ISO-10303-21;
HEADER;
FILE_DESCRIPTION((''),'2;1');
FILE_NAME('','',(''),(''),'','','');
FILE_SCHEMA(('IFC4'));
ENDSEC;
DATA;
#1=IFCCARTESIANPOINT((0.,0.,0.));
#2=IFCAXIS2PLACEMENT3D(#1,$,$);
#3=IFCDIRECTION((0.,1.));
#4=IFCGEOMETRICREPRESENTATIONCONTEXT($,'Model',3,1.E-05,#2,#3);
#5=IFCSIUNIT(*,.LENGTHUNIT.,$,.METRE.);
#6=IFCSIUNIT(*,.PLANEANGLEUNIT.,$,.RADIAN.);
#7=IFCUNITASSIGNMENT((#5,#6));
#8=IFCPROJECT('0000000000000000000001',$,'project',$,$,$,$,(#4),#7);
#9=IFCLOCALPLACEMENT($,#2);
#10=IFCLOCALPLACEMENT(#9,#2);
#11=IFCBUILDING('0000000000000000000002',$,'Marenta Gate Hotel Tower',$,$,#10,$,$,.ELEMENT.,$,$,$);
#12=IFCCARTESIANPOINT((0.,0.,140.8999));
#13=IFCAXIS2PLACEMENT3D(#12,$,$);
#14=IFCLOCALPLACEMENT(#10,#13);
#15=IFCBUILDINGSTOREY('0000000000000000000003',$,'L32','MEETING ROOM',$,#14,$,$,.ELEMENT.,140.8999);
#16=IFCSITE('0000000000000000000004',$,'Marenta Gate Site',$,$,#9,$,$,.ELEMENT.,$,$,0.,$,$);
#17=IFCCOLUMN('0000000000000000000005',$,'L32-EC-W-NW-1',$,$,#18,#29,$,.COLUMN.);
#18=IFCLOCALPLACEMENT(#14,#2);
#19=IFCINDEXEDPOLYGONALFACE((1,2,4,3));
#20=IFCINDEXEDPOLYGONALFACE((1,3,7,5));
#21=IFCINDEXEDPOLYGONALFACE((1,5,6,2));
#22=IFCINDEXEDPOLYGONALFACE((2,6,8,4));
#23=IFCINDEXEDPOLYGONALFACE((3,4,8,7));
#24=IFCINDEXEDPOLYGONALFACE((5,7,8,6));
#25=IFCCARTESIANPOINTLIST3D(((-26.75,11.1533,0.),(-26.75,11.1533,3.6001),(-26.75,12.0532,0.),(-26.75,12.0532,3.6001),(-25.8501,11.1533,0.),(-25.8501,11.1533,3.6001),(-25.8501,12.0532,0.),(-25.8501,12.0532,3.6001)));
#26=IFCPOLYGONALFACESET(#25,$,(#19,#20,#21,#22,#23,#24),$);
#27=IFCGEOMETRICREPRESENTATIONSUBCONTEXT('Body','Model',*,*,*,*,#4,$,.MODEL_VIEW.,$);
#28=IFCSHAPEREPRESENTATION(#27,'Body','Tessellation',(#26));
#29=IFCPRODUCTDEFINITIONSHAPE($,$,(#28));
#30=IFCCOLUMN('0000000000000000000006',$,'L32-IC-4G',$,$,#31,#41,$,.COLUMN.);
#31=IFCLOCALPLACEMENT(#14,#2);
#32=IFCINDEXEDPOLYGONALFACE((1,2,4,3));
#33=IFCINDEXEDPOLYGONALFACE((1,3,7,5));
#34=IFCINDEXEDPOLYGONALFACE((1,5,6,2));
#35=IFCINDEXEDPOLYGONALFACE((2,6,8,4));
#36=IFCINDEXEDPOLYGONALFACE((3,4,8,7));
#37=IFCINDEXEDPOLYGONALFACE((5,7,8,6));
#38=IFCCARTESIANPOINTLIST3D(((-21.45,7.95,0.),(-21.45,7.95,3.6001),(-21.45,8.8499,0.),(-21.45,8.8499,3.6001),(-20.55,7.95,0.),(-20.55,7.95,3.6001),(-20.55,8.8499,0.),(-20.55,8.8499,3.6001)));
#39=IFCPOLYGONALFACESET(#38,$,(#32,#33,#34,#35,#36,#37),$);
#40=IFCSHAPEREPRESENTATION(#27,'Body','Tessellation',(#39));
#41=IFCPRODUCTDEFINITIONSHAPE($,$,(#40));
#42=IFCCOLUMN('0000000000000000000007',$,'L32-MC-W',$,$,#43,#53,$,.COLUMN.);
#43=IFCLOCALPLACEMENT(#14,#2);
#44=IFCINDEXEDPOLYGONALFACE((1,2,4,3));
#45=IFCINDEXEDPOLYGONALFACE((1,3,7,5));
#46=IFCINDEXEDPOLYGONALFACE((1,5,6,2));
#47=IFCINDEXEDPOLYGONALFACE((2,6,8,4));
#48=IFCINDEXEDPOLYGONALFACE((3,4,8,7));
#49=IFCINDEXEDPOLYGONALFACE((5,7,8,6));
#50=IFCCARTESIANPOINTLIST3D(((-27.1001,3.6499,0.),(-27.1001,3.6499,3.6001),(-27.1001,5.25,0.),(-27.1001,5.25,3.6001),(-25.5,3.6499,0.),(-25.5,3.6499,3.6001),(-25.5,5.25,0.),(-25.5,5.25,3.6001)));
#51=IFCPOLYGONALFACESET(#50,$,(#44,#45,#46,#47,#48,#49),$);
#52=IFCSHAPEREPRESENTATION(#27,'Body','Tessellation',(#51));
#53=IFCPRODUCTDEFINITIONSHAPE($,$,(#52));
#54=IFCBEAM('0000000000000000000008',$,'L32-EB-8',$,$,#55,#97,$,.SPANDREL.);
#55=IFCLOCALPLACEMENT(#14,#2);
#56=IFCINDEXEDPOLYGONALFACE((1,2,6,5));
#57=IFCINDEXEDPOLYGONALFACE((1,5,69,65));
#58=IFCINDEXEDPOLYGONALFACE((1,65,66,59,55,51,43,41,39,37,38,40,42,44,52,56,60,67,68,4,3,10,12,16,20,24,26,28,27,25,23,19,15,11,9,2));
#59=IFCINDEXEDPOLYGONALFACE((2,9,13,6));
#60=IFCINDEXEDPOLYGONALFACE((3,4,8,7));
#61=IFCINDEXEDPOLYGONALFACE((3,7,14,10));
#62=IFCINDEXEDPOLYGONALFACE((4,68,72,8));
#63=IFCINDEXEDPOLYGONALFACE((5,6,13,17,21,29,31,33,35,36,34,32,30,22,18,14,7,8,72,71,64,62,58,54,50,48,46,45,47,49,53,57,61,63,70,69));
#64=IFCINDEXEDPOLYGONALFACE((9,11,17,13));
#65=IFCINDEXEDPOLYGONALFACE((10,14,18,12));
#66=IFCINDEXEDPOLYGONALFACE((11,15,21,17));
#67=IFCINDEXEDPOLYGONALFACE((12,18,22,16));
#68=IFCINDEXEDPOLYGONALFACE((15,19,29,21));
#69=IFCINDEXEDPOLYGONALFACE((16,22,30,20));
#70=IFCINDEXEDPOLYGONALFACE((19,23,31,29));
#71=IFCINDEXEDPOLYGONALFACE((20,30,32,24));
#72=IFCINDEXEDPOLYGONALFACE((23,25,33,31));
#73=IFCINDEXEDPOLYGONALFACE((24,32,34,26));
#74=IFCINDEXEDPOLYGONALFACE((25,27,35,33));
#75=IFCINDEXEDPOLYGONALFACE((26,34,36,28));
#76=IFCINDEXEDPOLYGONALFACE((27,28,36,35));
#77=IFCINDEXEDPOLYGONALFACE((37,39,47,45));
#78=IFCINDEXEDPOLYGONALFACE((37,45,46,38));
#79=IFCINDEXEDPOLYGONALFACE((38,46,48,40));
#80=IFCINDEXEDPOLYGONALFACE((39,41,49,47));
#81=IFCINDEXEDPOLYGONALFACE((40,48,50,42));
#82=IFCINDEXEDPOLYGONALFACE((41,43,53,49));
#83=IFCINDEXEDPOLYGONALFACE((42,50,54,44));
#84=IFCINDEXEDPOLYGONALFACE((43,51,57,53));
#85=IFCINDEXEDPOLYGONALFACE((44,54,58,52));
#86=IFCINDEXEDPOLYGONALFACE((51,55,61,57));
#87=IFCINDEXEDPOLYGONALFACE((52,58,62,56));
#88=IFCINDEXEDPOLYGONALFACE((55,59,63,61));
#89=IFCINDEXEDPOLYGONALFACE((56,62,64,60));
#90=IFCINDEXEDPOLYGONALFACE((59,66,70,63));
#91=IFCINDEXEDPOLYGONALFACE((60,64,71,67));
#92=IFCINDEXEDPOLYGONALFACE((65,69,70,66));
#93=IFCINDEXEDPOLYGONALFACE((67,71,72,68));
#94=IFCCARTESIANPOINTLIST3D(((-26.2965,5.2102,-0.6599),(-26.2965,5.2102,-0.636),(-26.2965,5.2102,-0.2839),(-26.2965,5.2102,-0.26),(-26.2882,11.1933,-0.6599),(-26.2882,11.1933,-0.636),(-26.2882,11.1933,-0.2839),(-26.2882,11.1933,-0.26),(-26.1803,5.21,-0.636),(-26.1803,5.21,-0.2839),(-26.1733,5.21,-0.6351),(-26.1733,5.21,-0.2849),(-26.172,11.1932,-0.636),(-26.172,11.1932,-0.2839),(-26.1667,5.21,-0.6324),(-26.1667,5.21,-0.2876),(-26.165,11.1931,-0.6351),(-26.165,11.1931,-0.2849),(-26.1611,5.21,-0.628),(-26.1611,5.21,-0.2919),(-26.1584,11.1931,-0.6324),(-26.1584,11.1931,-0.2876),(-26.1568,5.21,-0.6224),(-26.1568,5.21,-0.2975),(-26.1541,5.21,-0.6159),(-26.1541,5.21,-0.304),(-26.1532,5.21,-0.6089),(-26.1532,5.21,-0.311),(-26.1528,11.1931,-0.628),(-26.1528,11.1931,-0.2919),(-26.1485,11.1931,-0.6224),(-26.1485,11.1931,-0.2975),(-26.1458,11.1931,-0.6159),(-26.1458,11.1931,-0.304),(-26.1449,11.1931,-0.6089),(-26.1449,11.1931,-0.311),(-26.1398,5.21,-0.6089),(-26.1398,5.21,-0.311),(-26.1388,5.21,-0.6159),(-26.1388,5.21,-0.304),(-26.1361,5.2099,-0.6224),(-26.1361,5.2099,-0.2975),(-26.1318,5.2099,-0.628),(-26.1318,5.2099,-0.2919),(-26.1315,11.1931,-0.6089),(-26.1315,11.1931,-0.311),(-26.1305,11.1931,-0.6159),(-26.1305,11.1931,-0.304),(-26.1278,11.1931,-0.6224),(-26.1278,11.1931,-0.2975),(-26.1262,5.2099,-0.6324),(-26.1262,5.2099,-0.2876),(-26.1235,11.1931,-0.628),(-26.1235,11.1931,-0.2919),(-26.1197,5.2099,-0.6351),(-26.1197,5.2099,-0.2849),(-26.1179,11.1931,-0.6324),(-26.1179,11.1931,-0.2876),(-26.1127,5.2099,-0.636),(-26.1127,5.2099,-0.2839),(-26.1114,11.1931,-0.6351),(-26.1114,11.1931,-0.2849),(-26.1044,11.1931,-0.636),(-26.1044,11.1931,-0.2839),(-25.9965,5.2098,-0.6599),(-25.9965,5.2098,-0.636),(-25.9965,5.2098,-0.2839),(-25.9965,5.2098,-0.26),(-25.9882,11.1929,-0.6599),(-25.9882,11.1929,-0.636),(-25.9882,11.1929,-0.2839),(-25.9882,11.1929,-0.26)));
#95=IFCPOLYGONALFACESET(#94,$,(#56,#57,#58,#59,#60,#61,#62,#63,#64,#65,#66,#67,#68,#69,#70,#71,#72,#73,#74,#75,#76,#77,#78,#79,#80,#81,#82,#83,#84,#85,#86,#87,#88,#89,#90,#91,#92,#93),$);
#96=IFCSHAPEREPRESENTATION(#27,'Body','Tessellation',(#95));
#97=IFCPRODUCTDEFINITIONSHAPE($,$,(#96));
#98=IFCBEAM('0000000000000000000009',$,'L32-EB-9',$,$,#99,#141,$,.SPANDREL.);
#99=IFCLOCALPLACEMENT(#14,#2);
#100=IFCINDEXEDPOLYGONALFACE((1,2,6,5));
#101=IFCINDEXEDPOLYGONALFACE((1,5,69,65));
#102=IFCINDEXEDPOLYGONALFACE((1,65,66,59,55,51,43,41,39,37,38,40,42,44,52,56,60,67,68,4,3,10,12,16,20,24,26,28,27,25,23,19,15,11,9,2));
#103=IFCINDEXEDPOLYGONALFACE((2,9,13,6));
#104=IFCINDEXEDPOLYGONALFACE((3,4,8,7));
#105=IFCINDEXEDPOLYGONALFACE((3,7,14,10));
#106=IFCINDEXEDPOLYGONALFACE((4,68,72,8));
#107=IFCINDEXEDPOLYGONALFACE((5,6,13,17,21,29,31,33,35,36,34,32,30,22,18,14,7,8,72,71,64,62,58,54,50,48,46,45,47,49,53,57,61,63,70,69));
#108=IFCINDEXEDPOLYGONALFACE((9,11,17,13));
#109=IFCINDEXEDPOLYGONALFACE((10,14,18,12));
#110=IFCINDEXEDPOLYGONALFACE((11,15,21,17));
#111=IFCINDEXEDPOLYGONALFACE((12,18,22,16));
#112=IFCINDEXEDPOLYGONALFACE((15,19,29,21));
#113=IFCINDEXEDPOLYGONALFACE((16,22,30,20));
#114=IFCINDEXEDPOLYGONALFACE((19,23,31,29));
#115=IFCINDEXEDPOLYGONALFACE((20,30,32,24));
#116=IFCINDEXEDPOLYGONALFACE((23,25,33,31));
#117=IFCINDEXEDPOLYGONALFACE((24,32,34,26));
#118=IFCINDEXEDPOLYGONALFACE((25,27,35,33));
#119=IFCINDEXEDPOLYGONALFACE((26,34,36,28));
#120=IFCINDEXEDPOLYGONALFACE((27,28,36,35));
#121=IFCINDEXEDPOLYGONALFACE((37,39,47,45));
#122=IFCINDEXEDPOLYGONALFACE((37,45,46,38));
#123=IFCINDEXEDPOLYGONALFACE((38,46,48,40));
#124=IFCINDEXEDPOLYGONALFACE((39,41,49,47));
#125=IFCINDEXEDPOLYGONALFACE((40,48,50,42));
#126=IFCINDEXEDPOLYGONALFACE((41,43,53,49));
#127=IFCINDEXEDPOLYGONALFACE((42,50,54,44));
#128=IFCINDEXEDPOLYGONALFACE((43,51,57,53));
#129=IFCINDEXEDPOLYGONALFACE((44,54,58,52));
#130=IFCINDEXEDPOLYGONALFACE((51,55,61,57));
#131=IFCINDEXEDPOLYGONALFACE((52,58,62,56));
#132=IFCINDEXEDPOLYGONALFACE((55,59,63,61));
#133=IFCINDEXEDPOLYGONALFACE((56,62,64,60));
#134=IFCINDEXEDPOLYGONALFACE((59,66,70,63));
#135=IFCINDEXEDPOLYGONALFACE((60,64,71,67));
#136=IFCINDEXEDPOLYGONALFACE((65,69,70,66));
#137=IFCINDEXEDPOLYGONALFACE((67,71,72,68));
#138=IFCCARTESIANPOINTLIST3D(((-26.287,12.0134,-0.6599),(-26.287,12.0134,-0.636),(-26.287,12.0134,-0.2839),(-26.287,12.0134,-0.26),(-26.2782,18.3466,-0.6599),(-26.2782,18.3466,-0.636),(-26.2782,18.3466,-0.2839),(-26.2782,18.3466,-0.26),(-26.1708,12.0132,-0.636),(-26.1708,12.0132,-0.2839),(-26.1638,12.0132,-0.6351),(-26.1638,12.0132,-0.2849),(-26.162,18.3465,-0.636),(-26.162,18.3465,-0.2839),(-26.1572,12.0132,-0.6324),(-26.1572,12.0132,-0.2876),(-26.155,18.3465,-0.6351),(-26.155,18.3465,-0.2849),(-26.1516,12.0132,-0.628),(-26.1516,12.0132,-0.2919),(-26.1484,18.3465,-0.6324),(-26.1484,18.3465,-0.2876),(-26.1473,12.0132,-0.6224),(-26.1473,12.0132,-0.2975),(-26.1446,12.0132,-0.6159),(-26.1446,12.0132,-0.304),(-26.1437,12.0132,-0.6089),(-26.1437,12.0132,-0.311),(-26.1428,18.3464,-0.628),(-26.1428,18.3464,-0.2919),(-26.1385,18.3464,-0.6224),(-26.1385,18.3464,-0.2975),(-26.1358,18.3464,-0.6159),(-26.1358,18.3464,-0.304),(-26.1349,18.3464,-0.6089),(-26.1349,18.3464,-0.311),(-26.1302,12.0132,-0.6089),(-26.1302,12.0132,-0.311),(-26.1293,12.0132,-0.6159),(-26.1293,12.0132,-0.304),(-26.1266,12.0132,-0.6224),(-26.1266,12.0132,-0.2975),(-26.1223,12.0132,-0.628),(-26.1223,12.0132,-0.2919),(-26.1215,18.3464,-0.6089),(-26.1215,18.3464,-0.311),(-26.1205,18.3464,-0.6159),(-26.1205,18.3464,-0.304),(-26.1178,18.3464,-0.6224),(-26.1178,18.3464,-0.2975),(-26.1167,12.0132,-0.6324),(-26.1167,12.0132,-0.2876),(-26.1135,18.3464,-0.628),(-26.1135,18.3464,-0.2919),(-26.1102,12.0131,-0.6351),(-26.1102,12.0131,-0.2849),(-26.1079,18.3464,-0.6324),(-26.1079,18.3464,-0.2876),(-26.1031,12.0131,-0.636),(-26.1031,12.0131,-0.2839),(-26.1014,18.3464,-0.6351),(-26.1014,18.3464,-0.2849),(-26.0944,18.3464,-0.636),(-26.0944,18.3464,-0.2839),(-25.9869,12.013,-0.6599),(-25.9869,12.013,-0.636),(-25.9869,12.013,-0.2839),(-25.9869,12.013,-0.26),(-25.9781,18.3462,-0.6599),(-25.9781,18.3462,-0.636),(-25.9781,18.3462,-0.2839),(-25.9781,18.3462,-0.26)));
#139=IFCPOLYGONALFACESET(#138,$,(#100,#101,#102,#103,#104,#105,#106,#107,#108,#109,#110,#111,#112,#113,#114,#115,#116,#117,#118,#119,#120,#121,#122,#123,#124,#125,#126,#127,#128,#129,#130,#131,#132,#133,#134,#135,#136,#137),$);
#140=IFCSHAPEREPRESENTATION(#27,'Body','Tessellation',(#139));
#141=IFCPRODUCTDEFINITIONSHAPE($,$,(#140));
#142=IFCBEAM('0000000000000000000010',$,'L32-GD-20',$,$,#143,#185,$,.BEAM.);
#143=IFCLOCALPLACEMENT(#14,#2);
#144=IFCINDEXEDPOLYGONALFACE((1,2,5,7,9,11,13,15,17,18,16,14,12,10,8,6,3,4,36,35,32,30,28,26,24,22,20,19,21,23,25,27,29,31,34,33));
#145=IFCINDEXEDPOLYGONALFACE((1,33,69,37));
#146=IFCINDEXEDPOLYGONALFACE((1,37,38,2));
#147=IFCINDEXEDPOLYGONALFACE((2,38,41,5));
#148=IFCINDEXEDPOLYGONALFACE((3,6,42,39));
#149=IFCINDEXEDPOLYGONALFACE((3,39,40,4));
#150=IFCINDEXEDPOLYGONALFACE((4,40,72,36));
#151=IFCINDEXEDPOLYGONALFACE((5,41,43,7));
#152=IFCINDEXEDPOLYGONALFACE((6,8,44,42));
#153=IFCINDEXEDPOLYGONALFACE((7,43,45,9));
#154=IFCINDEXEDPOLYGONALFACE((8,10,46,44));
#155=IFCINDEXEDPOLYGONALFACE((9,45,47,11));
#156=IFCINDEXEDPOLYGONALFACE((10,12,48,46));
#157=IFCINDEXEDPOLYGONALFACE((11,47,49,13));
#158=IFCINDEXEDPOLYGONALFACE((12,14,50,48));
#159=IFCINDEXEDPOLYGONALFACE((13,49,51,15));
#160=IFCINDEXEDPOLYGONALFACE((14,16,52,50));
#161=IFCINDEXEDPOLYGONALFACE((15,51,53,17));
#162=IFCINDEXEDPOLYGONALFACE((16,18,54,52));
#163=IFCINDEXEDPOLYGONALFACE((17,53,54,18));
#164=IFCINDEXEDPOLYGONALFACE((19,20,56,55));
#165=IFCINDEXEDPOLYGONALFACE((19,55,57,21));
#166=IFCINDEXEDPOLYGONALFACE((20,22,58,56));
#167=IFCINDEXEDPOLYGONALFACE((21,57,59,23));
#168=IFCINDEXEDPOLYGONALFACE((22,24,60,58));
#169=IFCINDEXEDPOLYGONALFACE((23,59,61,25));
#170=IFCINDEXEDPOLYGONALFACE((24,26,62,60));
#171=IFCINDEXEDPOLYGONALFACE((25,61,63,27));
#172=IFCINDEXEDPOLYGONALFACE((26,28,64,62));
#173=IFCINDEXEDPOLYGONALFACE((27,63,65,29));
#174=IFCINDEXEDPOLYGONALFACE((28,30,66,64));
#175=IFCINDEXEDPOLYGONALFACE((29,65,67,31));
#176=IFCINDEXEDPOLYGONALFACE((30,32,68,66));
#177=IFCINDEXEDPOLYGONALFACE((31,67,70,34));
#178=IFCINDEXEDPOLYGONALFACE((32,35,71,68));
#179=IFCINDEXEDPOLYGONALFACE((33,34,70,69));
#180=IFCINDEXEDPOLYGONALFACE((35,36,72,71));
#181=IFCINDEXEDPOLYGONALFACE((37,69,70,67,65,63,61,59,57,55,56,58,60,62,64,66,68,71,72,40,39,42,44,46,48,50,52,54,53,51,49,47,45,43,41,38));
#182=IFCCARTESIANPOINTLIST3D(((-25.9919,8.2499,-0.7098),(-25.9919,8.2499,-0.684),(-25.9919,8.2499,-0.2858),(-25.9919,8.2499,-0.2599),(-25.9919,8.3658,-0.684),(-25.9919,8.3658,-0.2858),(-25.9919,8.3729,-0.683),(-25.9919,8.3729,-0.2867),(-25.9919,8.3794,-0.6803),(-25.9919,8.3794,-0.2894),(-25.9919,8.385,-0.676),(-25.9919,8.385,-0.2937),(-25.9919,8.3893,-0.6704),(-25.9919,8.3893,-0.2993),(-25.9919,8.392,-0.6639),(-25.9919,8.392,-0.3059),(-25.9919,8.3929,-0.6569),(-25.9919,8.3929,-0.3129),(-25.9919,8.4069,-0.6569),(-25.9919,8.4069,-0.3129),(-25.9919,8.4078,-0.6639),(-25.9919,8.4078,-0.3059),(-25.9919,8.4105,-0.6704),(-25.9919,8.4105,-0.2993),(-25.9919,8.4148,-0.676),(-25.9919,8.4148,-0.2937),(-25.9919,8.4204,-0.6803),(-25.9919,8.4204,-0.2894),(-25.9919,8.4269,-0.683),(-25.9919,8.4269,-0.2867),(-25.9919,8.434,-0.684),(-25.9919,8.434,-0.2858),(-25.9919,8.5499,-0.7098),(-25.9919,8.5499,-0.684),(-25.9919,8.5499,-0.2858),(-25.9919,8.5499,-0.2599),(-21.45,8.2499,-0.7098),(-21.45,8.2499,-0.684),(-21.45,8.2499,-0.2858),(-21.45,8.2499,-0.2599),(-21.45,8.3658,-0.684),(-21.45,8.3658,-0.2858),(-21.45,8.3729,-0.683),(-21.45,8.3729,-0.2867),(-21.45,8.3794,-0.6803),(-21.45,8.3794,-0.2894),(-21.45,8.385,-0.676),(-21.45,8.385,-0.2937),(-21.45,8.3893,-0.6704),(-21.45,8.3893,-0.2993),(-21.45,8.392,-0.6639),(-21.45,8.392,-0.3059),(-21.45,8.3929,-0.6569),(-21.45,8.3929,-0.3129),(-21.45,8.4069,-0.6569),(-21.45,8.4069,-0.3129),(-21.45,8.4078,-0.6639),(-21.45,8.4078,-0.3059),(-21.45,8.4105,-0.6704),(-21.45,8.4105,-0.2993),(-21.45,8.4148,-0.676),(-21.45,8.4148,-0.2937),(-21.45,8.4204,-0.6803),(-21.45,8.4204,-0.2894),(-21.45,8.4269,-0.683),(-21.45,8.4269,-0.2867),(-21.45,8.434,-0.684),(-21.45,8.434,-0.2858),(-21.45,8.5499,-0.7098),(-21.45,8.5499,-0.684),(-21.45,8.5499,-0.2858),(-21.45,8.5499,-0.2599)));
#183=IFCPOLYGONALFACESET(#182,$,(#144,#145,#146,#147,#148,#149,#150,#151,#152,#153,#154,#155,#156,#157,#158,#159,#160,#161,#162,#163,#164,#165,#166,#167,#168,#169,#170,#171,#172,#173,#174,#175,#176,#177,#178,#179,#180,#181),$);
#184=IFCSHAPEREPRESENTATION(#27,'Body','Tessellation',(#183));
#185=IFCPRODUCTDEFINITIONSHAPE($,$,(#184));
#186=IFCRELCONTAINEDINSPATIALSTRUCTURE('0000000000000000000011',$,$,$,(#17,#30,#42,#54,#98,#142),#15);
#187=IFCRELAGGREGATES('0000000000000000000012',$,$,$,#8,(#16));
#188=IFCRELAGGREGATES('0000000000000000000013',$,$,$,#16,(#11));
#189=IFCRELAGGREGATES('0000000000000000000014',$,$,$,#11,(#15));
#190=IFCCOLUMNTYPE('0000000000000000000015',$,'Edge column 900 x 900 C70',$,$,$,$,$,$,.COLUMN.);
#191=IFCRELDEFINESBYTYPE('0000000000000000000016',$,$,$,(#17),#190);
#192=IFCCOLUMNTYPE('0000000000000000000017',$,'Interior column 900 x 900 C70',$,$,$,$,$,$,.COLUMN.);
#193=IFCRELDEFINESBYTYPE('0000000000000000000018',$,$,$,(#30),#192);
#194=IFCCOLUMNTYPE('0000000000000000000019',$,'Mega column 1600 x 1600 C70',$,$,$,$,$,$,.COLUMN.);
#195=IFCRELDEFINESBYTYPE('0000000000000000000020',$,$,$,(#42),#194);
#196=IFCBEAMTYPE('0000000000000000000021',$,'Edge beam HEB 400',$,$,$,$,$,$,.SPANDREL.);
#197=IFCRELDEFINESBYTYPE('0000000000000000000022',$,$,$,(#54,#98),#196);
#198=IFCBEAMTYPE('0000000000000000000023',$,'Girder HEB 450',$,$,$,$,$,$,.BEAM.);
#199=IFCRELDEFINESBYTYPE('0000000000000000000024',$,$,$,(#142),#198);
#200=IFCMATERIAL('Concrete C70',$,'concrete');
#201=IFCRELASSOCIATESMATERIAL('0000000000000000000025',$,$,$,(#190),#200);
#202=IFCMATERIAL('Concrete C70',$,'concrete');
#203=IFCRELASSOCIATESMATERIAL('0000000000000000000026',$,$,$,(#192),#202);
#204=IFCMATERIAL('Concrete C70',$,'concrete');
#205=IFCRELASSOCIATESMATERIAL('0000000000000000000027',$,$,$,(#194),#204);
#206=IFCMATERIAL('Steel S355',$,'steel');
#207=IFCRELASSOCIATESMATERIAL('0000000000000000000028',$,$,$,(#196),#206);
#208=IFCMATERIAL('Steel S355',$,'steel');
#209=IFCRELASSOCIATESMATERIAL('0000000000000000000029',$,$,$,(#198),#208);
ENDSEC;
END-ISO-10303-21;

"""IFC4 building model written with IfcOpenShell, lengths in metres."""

from ifc_helpers import new_model, si_unit, direction, frame, origin, origin_2d, place, context, subcontext, project, spatial, rectangle, i_section, extrude, material, material_profile, profile_set, type_object, element, save


model = new_model("IFC4")

# Units and contexts
model_context = context("Model", 3, precision=1e-05, world=origin(), true_north=direction((0.0, 1.0)))
body_context = subcontext(model_context, "Body", "Model", "MODEL_VIEW")
ifc_project = project(units=[si_unit("LENGTHUNIT", "METRE"), si_unit("PLANEANGLEUNIT", "RADIAN")], contexts=[model_context])

# Site, building, storey
site_placement = place(None, origin())
site = spatial("IfcSite", under=ifc_project, at=site_placement, Name="Marenta Gate Site", CompositionType="ELEMENT", RefElevation=0.0)
building_placement = place(site_placement, origin())
building = spatial("IfcBuilding", under=site, at=building_placement, Name="Marenta Gate Hotel Tower", CompositionType="ELEMENT")
storey_placement = place(building_placement, frame((0.0, 0.0, 140.8999)))
storey = spatial("IfcBuildingStorey", under=building, at=storey_placement, Name="L32", Description="MEETING ROOM", CompositionType="ELEMENT", Elevation=140.8999)

# Columns
ifc_material_1 = material(Name="Concrete C70", Category="concrete")
ifc_material_profile_1 = material_profile(ifc_material_1, rectangle(XDim=0.8999, YDim=0.8999, at=origin_2d()), Name="900 x 900")
ifc_profile_set_1 = profile_set([ifc_material_profile_1], Name="Concrete C70")
column_type_1 = type_object("IfcColumnType", Name="Edge column 900 x 900 C70", PredefinedType="COLUMN", material=ifc_profile_set_1)
column_1_placement = place(storey_placement, frame((-26.3, 11.6033, 0.0), z_axis=(0.0, 0.0, 1.0), x_axis=(1.0, 0.0, 0.0)))
element("IfcColumn", 1, at=column_1_placement, inside=storey, type_object=column_type_1, Name="L32-EC-W-NW-1", PredefinedType="COLUMN", context=body_context, shape_type="SweptSolid", body=[
    extrude(rectangle(XDim=0.8999, YDim=0.8999, at=origin_2d()), origin(), (0.0, 0.0, 1.0), 3.6001),
])
ifc_material_2 = material(Name="Concrete C70", Category="concrete")
ifc_material_profile_2 = material_profile(ifc_material_2, rectangle(XDim=0.8999, YDim=0.8999, at=origin_2d()), Name="900 x 900")
ifc_profile_set_2 = profile_set([ifc_material_profile_2], Name="Concrete C70")
column_type_2 = type_object("IfcColumnType", Name="Interior column 900 x 900 C70", PredefinedType="COLUMN", material=ifc_profile_set_2)
column_2_placement = place(storey_placement, frame((-21.0, 8.3999, 0.0), z_axis=(0.0, 0.0, 1.0), x_axis=(1.0, 0.0, 0.0)))
element("IfcColumn", 2, at=column_2_placement, inside=storey, type_object=column_type_2, Name="L32-IC-4G", PredefinedType="COLUMN", context=body_context, shape_type="SweptSolid", body=[
    extrude(rectangle(XDim=0.8999, YDim=0.8999, at=origin_2d()), origin(), (0.0, 0.0, 1.0), 3.6001),
])
ifc_material_3 = material(Name="Concrete C70", Category="concrete")
ifc_material_profile_3 = material_profile(ifc_material_3, rectangle(XDim=1.6001, YDim=1.6001, at=origin_2d()), Name="1600 x 1600")
ifc_profile_set_3 = profile_set([ifc_material_profile_3], Name="Concrete C70")
column_type_3 = type_object("IfcColumnType", Name="Mega column 1600 x 1600 C70", PredefinedType="COLUMN", material=ifc_profile_set_3)
column_3_placement = place(storey_placement, frame((-26.3, 4.45, 0.0), z_axis=(0.0, 0.0, 1.0), x_axis=(1.0, 0.0, 0.0)))
element("IfcColumn", 3, at=column_3_placement, inside=storey, type_object=column_type_3, Name="L32-MC-W", PredefinedType="COLUMN", context=body_context, shape_type="SweptSolid", body=[
    extrude(rectangle(XDim=1.6001, YDim=1.6001, at=origin_2d()), origin(), (0.0, 0.0, 1.0), 3.6001),
])

# Beams
ifc_material_4 = material(Name="Steel S355", Category="steel")
ifc_material_profile_4 = material_profile(ifc_material_4, i_section(OverallWidth=0.3, OverallDepth=0.3999, WebThickness=0.0134, FlangeThickness=0.0239, FilletRadius=0.0271, at=origin_2d()), Name="HEB 400")
ifc_profile_set_4 = profile_set([ifc_material_profile_4], Name="Steel S355")
beam_type_1 = type_object("IfcBeamType", Name="Edge beam HEB 400", PredefinedType="SPANDREL", material=ifc_profile_set_4)
beam_1_placement = place(storey_placement, frame((-26.1465, 5.21, -0.46), z_axis=(0.001387, 0.999999, 0.0), x_axis=(-0.999999, 0.001387, 0.0)))
element("IfcBeam", 4, at=beam_1_placement, inside=storey, type_object=beam_type_1, Name="L32-EB-8", PredefinedType="SPANDREL", context=body_context, shape_type="SweptSolid", body=[
    extrude(i_section(OverallWidth=0.3, OverallDepth=0.3999, WebThickness=0.0134, FlangeThickness=0.0239, FilletRadius=0.0271, at=origin_2d()), origin(), (0.0, 0.0, 1.0), 5.9832),
])
beam_2_placement = place(storey_placement, frame((-26.137, 12.0132, -0.46), z_axis=(0.001388, 0.999999, 0.0), x_axis=(-0.999999, 0.001388, 0.0)))
element("IfcBeam", 5, at=beam_2_placement, inside=storey, type_object=beam_type_1, Name="L32-EB-9", PredefinedType="SPANDREL", context=body_context, shape_type="SweptSolid", body=[
    extrude(i_section(OverallWidth=0.3, OverallDepth=0.3999, WebThickness=0.0134, FlangeThickness=0.0239, FilletRadius=0.0271, at=origin_2d()), origin(), (0.0, 0.0, 1.0), 6.3333),
])
ifc_material_5 = material(Name="Steel S355", Category="steel")
ifc_material_profile_5 = material_profile(ifc_material_5, i_section(OverallWidth=0.3, OverallDepth=0.45, WebThickness=0.0139, FlangeThickness=0.0259, FilletRadius=0.0271, at=origin_2d()), Name="HEB 450")
ifc_profile_set_5 = profile_set([ifc_material_profile_5], Name="Steel S355")
beam_type_2 = type_object("IfcBeamType", Name="Girder HEB 450", PredefinedType="BEAM", material=ifc_profile_set_5)
beam_3_placement = place(storey_placement, frame((-25.9919, 8.3999, -0.4849), z_axis=(1.0, 0.0, 0.0), x_axis=(0.0, 1.0, 0.0)))
element("IfcBeam", 6, at=beam_3_placement, inside=storey, type_object=beam_type_2, Name="L32-GD-20", PredefinedType="BEAM", context=body_context, shape_type="SweptSolid", body=[
    extrude(i_section(OverallWidth=0.3, OverallDepth=0.45, WebThickness=0.0139, FlangeThickness=0.0259, FilletRadius=0.0271, at=origin_2d()), origin(), (0.0, 0.0, 1.0), 4.542),
])

save(model, "model.ifc")
